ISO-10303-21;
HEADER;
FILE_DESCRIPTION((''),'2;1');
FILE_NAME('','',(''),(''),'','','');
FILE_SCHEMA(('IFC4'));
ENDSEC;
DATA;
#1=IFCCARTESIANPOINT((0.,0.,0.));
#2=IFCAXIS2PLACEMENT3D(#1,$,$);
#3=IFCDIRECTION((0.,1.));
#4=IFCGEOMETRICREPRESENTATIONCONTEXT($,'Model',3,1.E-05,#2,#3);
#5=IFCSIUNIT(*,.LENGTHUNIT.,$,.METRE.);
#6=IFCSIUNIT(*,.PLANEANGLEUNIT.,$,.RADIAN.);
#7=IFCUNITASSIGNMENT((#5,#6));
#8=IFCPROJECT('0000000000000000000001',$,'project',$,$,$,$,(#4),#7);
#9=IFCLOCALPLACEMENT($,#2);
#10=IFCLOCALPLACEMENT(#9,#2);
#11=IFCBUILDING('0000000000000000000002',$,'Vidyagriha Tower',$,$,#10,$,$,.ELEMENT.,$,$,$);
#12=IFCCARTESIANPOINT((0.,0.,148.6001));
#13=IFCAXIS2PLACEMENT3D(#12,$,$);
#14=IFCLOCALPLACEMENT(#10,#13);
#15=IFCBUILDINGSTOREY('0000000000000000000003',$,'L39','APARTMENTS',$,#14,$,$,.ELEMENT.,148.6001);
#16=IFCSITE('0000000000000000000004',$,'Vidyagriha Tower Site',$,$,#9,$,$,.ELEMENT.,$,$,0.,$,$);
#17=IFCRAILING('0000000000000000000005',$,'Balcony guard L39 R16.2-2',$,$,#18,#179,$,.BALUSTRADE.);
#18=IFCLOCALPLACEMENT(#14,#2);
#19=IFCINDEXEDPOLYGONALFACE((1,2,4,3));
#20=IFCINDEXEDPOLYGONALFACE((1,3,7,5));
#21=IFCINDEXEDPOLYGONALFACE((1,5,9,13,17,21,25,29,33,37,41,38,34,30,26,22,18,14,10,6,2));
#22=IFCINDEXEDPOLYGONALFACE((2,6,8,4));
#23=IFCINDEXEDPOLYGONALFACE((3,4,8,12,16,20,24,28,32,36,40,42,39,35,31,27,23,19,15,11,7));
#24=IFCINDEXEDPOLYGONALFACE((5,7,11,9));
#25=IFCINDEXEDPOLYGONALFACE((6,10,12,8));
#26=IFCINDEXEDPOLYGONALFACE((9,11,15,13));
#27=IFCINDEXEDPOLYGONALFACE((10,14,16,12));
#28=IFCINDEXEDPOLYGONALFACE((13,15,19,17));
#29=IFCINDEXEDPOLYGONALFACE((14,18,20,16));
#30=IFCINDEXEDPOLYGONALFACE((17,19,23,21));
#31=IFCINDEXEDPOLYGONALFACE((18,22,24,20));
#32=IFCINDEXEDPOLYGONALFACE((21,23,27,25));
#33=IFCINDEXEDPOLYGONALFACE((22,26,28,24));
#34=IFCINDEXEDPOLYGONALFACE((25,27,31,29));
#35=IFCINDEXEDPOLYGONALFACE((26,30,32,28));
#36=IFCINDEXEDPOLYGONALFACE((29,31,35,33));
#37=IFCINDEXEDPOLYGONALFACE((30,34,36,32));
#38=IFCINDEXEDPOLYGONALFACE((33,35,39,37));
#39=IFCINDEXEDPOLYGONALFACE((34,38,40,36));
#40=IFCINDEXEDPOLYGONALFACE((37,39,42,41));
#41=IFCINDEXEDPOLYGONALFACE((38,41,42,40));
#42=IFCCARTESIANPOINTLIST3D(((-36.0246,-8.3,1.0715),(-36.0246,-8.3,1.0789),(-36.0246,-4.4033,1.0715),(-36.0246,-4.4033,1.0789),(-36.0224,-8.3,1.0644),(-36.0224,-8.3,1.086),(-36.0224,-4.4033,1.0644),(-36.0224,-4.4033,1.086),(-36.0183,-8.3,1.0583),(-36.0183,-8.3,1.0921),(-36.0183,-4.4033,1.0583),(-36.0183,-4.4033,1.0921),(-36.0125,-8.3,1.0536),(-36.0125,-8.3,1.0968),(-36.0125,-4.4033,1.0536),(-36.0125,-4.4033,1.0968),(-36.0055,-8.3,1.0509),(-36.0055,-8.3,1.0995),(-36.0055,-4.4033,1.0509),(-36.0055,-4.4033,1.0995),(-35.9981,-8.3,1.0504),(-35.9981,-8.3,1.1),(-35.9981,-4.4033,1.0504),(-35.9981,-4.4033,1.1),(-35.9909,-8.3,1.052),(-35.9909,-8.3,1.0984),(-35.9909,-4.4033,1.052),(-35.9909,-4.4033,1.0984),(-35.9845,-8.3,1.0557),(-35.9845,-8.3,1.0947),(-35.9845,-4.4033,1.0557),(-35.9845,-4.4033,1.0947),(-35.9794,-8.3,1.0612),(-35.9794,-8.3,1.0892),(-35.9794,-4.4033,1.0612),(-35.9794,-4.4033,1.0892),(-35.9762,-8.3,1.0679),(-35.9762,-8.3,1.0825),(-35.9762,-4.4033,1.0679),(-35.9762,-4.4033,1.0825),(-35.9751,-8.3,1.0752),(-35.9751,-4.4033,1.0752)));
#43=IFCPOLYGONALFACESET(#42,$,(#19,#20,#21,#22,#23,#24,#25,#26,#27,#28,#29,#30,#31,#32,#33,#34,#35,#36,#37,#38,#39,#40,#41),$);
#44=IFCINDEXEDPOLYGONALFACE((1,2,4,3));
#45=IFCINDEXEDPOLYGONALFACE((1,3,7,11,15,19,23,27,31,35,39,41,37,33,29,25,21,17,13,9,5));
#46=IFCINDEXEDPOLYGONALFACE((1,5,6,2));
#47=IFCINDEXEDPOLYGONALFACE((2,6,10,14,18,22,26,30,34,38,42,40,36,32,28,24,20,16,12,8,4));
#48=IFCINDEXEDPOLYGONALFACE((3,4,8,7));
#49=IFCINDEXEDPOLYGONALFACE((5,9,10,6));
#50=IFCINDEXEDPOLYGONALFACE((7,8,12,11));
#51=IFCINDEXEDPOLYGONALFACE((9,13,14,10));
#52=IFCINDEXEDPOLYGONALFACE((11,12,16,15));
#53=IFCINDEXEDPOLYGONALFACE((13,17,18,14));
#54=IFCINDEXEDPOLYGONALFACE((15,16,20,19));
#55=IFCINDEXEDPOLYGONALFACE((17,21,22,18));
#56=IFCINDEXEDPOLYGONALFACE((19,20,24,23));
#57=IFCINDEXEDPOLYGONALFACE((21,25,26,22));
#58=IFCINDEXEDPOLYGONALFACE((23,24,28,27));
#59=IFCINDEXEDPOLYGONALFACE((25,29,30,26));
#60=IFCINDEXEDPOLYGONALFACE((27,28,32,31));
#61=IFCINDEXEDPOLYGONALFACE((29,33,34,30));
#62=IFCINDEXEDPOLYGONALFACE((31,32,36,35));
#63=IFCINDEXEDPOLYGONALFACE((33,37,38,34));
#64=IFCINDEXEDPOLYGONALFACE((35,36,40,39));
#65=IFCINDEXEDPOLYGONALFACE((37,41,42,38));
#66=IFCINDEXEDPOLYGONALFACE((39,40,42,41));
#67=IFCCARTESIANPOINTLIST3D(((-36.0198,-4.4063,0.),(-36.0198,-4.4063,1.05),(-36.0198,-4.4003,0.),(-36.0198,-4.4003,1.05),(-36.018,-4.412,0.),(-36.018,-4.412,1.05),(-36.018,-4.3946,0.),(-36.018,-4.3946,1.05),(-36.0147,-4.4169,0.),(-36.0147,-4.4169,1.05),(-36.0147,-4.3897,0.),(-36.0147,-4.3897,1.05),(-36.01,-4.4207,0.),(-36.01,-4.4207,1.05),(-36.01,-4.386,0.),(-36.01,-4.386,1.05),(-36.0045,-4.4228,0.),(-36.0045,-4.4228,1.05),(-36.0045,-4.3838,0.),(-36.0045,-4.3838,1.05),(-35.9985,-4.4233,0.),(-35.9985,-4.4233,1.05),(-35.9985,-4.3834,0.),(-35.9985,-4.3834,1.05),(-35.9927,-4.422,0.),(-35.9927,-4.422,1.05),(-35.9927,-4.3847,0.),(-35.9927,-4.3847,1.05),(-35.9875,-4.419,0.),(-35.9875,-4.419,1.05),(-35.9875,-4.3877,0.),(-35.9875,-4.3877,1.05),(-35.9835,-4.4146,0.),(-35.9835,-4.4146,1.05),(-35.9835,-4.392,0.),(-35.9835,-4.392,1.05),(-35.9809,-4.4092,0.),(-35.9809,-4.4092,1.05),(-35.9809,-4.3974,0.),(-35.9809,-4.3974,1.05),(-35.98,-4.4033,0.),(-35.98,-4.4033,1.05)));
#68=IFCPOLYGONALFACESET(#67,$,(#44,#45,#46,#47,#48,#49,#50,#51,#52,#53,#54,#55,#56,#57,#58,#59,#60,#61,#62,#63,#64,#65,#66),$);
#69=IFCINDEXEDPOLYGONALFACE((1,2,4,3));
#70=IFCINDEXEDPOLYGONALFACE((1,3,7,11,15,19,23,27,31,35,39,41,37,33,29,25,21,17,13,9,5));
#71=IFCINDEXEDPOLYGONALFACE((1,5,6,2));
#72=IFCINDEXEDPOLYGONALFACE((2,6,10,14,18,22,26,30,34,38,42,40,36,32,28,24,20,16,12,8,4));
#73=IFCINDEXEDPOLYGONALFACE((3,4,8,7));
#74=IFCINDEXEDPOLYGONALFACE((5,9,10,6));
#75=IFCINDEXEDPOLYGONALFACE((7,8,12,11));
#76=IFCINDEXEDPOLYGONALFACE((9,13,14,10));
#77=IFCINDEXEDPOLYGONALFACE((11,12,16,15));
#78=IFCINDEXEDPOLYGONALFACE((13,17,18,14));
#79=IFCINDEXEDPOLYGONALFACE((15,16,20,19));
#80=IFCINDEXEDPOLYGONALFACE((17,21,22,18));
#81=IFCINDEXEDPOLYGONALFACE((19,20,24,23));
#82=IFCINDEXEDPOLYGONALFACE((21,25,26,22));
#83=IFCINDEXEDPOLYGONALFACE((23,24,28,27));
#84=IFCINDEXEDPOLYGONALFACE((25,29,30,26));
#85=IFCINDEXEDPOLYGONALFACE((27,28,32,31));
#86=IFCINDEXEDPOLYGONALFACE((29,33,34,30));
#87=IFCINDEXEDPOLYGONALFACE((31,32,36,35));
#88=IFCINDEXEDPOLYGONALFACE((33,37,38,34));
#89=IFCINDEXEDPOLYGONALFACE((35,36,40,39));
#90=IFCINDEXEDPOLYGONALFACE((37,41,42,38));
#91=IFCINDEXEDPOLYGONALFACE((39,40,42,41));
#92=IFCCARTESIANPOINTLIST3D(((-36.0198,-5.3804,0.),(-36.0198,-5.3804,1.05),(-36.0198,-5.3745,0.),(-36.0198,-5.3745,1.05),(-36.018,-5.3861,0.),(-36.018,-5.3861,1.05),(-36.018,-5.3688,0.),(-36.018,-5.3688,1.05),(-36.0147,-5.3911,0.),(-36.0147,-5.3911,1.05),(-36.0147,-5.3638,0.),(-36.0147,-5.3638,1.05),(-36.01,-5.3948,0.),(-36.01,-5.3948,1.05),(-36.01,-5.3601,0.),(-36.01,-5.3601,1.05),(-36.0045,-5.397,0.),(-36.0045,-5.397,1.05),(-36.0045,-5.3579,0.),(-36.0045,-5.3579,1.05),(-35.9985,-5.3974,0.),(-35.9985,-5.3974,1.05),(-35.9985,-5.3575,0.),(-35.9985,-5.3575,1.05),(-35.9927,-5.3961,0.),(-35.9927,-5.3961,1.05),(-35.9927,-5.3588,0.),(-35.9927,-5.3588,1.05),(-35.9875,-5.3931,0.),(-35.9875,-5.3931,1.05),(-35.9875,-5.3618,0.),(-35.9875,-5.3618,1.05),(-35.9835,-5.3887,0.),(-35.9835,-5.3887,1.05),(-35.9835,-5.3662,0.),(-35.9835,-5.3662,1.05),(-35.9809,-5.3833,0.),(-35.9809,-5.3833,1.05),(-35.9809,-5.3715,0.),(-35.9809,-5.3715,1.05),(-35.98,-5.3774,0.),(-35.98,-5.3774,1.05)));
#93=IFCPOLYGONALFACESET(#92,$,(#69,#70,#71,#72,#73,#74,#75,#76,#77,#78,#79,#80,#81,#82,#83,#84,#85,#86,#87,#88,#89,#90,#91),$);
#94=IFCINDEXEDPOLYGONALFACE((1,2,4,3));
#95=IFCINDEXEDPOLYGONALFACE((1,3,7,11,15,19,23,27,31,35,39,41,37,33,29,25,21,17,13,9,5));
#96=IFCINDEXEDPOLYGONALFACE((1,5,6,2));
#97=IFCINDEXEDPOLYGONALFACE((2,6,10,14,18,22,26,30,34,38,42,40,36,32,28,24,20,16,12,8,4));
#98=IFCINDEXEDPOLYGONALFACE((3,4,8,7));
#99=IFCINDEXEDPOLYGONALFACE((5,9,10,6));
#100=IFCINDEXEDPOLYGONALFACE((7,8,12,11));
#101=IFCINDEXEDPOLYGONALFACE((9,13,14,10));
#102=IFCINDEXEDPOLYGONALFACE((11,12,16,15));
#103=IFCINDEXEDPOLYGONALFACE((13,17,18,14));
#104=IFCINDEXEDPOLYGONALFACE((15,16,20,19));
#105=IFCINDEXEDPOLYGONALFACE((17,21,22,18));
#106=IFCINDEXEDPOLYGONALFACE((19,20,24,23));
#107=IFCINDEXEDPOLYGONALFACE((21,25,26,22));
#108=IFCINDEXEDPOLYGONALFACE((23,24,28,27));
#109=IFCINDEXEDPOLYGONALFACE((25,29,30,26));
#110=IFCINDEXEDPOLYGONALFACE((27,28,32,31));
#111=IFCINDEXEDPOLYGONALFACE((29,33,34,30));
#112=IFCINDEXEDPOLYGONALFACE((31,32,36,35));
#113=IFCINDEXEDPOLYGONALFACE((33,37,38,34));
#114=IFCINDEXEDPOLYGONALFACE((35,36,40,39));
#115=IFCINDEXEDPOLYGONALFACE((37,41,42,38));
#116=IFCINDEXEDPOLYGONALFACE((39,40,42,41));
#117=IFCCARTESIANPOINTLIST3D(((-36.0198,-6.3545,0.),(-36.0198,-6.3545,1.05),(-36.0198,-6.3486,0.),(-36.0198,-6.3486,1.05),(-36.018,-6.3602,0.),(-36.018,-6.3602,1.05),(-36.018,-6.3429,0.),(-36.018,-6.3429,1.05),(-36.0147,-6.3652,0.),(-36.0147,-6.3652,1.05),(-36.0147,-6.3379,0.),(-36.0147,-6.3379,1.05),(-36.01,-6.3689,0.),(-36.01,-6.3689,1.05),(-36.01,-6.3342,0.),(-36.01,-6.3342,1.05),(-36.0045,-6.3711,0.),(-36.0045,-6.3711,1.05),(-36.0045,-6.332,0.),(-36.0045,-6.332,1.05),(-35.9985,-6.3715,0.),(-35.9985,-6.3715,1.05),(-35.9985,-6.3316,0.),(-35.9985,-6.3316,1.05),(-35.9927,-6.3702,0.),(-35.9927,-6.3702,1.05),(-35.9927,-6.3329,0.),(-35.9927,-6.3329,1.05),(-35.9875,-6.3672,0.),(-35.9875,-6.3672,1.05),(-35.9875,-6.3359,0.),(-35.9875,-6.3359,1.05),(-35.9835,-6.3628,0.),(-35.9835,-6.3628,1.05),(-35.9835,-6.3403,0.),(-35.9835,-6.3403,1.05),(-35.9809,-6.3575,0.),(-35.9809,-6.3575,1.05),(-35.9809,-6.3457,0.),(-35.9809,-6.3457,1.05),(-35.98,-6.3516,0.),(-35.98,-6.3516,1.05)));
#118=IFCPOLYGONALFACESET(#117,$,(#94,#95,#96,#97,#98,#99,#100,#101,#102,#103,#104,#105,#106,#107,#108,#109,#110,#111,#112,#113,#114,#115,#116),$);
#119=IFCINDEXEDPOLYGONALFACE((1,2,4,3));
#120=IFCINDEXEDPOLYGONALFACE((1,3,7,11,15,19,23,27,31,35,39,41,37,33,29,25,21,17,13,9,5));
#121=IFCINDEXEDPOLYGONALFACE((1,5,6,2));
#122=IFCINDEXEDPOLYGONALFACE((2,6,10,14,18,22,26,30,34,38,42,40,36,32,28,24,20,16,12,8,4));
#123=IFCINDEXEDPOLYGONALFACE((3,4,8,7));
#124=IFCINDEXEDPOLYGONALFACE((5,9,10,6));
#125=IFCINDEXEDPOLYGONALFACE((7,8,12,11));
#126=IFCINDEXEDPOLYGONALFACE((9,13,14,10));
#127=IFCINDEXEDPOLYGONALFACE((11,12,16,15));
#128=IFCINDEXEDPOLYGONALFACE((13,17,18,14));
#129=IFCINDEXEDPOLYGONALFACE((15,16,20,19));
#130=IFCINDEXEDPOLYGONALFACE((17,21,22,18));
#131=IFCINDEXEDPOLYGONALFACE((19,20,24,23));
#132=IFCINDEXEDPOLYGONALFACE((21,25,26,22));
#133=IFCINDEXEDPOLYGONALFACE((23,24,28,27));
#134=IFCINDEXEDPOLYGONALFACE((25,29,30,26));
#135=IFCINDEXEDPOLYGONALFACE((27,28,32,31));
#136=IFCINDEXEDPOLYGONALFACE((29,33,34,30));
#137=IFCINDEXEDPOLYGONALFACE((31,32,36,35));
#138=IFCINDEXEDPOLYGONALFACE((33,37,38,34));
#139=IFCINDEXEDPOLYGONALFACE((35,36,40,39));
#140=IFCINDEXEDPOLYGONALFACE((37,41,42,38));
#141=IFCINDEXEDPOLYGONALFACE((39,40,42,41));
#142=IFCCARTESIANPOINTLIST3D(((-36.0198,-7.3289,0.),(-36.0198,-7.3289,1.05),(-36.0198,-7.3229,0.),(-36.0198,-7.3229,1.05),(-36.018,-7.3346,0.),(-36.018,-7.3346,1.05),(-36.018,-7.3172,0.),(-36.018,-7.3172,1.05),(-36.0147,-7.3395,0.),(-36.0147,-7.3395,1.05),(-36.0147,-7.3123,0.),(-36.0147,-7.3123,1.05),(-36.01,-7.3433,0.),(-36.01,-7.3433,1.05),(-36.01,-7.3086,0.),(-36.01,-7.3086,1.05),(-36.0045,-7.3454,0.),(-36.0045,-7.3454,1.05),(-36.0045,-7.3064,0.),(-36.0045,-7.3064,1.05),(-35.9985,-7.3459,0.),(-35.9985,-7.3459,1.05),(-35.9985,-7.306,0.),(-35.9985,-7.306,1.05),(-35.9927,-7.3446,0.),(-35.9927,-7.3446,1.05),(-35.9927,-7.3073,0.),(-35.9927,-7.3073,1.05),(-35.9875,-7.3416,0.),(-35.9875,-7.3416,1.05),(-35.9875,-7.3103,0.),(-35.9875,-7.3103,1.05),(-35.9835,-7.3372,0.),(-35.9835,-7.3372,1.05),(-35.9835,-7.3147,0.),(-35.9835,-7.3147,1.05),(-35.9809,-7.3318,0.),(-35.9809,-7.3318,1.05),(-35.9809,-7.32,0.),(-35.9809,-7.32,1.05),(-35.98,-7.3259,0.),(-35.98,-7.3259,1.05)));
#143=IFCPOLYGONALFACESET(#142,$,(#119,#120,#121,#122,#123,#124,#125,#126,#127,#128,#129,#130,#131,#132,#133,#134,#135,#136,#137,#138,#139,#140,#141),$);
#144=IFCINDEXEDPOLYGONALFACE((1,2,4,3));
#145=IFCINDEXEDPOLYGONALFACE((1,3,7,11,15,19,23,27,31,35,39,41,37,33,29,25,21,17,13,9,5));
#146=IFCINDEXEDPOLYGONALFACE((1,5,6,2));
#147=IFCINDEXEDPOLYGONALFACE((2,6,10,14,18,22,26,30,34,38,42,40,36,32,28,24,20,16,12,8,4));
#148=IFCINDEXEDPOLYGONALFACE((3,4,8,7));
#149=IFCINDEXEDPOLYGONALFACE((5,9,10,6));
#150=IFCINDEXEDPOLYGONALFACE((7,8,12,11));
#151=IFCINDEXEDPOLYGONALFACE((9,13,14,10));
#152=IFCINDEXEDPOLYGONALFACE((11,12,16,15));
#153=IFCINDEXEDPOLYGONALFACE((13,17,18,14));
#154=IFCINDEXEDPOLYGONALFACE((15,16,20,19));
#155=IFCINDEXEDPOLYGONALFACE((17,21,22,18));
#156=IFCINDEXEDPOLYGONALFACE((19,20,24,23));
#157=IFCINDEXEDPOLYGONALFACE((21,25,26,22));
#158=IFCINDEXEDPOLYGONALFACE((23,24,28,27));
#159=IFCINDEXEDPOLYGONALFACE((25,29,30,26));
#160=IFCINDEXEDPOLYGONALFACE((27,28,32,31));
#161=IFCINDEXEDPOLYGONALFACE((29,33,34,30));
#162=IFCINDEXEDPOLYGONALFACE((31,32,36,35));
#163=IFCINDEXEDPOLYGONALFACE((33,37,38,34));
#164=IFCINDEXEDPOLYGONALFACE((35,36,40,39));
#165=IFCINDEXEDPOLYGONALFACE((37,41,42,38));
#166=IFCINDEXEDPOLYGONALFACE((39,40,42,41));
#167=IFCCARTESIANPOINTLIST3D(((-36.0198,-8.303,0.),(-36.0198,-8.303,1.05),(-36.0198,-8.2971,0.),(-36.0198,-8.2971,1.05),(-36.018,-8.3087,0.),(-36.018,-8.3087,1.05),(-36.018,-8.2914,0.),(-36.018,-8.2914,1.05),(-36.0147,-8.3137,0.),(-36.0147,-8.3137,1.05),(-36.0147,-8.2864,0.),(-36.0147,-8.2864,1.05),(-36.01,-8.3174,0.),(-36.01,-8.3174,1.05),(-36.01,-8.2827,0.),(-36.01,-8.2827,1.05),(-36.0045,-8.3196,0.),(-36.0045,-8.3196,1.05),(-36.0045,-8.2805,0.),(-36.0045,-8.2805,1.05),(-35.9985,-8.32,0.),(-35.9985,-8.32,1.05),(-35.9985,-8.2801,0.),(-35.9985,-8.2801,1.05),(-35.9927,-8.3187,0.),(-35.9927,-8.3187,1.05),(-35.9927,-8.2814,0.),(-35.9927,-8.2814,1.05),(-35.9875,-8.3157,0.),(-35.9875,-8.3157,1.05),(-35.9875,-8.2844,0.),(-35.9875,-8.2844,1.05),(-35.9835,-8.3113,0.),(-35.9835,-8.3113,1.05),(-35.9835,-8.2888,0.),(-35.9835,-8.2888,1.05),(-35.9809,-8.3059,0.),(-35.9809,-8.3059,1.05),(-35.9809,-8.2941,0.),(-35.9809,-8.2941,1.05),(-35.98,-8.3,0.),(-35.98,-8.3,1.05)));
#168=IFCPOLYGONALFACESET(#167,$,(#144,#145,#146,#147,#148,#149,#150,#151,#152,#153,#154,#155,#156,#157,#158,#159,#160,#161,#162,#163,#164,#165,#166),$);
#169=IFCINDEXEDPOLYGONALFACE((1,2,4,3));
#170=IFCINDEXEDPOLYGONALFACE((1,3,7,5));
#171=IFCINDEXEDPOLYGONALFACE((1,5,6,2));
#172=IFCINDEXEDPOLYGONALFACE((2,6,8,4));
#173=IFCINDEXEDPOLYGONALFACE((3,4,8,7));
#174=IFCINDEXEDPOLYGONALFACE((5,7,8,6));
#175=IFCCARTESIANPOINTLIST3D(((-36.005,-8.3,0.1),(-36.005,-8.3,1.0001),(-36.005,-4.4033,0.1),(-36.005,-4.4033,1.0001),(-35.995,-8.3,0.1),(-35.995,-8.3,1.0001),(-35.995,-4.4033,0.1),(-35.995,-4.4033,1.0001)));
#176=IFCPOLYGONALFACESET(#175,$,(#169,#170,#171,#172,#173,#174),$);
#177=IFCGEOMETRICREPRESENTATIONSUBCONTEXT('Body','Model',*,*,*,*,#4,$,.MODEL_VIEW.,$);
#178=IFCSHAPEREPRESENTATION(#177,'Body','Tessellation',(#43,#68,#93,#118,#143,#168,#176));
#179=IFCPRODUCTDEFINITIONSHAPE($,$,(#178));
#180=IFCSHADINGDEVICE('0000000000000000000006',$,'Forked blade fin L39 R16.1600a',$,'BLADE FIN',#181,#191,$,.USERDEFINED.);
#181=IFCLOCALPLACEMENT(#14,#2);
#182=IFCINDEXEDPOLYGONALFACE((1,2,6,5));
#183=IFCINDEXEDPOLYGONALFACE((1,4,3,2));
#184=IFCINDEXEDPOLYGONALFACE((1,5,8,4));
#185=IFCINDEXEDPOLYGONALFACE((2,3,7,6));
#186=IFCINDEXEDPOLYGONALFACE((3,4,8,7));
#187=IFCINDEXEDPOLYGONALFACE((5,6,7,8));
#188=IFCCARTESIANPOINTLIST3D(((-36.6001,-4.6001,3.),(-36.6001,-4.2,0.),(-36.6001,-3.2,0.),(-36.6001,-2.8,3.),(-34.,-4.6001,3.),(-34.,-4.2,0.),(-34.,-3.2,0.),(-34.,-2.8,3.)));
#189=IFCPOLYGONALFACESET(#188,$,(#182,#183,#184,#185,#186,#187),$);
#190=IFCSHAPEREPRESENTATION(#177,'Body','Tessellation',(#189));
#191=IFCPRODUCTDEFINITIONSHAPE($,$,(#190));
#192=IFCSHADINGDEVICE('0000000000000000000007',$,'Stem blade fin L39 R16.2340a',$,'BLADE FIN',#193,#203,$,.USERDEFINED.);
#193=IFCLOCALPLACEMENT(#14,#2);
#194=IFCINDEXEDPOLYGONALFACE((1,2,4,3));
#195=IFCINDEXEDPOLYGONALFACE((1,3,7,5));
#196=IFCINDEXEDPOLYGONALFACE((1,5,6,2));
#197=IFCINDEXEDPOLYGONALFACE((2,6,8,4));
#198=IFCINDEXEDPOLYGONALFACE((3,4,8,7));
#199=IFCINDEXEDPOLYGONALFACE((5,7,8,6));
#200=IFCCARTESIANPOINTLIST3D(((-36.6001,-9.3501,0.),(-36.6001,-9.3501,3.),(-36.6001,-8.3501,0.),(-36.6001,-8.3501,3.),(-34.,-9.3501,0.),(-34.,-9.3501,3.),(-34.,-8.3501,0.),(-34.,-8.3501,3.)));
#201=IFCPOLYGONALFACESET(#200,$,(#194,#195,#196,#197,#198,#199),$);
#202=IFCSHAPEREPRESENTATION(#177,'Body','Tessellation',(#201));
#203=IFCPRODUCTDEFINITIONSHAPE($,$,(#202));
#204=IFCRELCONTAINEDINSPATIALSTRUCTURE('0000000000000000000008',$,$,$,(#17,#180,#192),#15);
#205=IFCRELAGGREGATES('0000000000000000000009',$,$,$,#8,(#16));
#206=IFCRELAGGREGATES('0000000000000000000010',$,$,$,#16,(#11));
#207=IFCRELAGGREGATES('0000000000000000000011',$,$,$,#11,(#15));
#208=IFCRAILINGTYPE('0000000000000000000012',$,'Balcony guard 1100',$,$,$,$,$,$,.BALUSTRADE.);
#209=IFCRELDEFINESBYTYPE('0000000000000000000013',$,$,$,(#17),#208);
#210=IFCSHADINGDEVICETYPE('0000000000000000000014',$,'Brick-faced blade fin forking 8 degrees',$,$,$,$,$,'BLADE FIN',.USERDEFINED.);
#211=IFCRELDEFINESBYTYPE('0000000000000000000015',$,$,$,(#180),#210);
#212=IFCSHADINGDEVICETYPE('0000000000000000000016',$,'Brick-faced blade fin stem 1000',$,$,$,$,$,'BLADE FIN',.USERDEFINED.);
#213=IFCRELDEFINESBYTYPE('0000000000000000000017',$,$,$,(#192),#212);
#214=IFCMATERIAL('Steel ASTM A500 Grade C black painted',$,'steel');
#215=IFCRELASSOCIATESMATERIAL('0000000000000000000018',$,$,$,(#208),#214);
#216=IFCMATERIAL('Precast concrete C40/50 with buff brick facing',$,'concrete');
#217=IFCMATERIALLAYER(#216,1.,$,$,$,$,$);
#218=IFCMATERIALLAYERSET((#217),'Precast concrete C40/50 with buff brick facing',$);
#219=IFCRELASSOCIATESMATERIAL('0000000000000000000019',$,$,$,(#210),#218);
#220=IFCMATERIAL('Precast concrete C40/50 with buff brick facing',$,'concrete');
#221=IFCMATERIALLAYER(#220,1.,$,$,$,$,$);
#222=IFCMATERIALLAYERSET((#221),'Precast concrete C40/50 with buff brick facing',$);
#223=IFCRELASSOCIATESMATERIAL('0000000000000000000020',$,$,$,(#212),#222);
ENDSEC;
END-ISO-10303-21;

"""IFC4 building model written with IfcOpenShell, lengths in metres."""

from ifc_helpers import new_model, si_unit, direction, frame, origin, origin_2d, place, context, subcontext, project, spatial, polyline, rectangle, circle, outline, extrude, material, layer, layer_set, type_object, element, save


model = new_model("IFC4")

# Units and contexts
model_context = context("Model", 3, precision=1e-05, world=origin(), true_north=direction((0.0, 1.0)))
body_context = subcontext(model_context, "Body", "Model", "MODEL_VIEW")
ifc_project = project(units=[si_unit("LENGTHUNIT", "METRE"), si_unit("PLANEANGLEUNIT", "RADIAN")], contexts=[model_context])

# Site, building, storey
site_placement = place(None, origin())
site = spatial("IfcSite", under=ifc_project, at=site_placement, Name="Vidyagriha Tower Site", CompositionType="ELEMENT", RefElevation=0.0)
building_placement = place(site_placement, origin())
building = spatial("IfcBuilding", under=site, at=building_placement, Name="Vidyagriha Tower", CompositionType="ELEMENT")
storey_placement = place(building_placement, frame((0.0, 0.0, 148.6001)))
storey = spatial("IfcBuildingStorey", under=building, at=storey_placement, Name="L39", Description="APARTMENTS", CompositionType="ELEMENT", Elevation=148.6001)

# Railing
ifc_material_1 = material(Name="Steel ASTM A500 Grade C black painted", Category="steel")
railing_type_1 = type_object("IfcRailingType", Name="Balcony guard 1100", PredefinedType="BALUSTRADE", material=ifc_material_1)
railing_1_placement = place(storey_placement, frame((-36.0, -4.4033, 0.0)))
element("IfcRailing", 1, at=railing_1_placement, inside=storey, type_object=railing_type_1, Name="Balcony guard L39 R16.2-2", PredefinedType="BALUSTRADE", context=body_context, shape_type="SweptSolid", body=[
    extrude(circle(Radius=0.0249, at=origin_2d()), frame((0.0, 0.0, 1.0752), z_axis=(0.0, -1.0, 0.0), x_axis=(1.0, 0.0, 0.0)), (0.0, 0.0, 1.0), 3.8967),
    extrude(circle(Radius=0.02, at=origin_2d()), origin(), (0.0, 0.0, 1.0), 1.05),
    extrude(circle(Radius=0.02, at=origin_2d()), frame((0.0, -0.9741, 0.0)), (0.0, 0.0, 1.0), 1.05),
    extrude(circle(Radius=0.02, at=origin_2d()), frame((0.0, -1.9482, 0.0)), (0.0, 0.0, 1.0), 1.05),
    extrude(circle(Radius=0.02, at=origin_2d()), frame((0.0, -2.9226, 0.0)), (0.0, 0.0, 1.0), 1.05),
    extrude(circle(Radius=0.02, at=origin_2d()), frame((0.0, -3.8967, 0.0)), (0.0, 0.0, 1.0), 1.05),
    extrude(rectangle(XDim=0.01, YDim=0.9001, at=origin_2d()), frame((0.0, 0.0, 0.55), z_axis=(0.0, -1.0, 0.0), x_axis=(1.0, 0.0, 0.0)), (0.0, 0.0, 1.0), 3.8967),
])

# Shading devices
ifc_material_2 = material(Name="Precast concrete C40/50 with buff brick facing", Category="concrete")
ifc_layer_1 = layer(ifc_material_2, 1.0)
ifc_layer_set_1 = layer_set([ifc_layer_1], Name="Precast concrete C40/50 with buff brick facing")
shading_device_type_1 = type_object("IfcShadingDeviceType", Name="Brick-faced blade fin forking 8 degrees", ElementType="BLADE FIN", PredefinedType="USERDEFINED", material=ifc_layer_set_1)
shading_device_1_placement = place(storey_placement, frame((-35.3, -2.8, 0.0), z_axis=(0.0, 0.0, 1.0), x_axis=(0.0, -1.0, 0.0)))
element("IfcShadingDevice", 2, at=shading_device_1_placement, inside=storey, type_object=shading_device_type_1, Name="Forked blade fin L39 R16.1600a", ObjectType="BLADE FIN", PredefinedType="USERDEFINED", context=body_context, shape_type="SweptSolid", body=[
    extrude(outline(polyline([(0.3999, 0.0), (1.3999, 0.0), (1.8, 3.0), (0.0, 3.0), (0.3999, 0.0)])), frame((0.0, 1.3, 0.0), z_axis=(0.0, -1.0, 0.0), x_axis=(1.0, 0.0, 0.0)), (0.0, 0.0, 1.0), 2.6001),
])
ifc_material_3 = material(Name="Precast concrete C40/50 with buff brick facing", Category="concrete")
ifc_layer_2 = layer(ifc_material_3, 1.0)
ifc_layer_set_2 = layer_set([ifc_layer_2], Name="Precast concrete C40/50 with buff brick facing")
shading_device_type_2 = type_object("IfcShadingDeviceType", Name="Brick-faced blade fin stem 1000", ElementType="BLADE FIN", PredefinedType="USERDEFINED", material=ifc_layer_set_2)
shading_device_2_placement = place(storey_placement, frame((-35.3, -8.3501, 0.0), z_axis=(0.0, 0.0, 1.0), x_axis=(0.0, -1.0, 0.0)))
element("IfcShadingDevice", 3, at=shading_device_2_placement, inside=storey, type_object=shading_device_type_2, Name="Stem blade fin L39 R16.2340a", ObjectType="BLADE FIN", PredefinedType="USERDEFINED", context=body_context, shape_type="SweptSolid", body=[
    extrude(outline(polyline([(0.0, 0.0), (1.0, 0.0), (1.0, 3.0), (0.0, 3.0), (0.0, 0.0)])), frame((0.0, 1.3, 0.0), z_axis=(0.0, -1.0, 0.0), x_axis=(1.0, 0.0, 0.0)), (0.0, 0.0, 1.0), 2.6001),
])

save(model, "model.ifc")
